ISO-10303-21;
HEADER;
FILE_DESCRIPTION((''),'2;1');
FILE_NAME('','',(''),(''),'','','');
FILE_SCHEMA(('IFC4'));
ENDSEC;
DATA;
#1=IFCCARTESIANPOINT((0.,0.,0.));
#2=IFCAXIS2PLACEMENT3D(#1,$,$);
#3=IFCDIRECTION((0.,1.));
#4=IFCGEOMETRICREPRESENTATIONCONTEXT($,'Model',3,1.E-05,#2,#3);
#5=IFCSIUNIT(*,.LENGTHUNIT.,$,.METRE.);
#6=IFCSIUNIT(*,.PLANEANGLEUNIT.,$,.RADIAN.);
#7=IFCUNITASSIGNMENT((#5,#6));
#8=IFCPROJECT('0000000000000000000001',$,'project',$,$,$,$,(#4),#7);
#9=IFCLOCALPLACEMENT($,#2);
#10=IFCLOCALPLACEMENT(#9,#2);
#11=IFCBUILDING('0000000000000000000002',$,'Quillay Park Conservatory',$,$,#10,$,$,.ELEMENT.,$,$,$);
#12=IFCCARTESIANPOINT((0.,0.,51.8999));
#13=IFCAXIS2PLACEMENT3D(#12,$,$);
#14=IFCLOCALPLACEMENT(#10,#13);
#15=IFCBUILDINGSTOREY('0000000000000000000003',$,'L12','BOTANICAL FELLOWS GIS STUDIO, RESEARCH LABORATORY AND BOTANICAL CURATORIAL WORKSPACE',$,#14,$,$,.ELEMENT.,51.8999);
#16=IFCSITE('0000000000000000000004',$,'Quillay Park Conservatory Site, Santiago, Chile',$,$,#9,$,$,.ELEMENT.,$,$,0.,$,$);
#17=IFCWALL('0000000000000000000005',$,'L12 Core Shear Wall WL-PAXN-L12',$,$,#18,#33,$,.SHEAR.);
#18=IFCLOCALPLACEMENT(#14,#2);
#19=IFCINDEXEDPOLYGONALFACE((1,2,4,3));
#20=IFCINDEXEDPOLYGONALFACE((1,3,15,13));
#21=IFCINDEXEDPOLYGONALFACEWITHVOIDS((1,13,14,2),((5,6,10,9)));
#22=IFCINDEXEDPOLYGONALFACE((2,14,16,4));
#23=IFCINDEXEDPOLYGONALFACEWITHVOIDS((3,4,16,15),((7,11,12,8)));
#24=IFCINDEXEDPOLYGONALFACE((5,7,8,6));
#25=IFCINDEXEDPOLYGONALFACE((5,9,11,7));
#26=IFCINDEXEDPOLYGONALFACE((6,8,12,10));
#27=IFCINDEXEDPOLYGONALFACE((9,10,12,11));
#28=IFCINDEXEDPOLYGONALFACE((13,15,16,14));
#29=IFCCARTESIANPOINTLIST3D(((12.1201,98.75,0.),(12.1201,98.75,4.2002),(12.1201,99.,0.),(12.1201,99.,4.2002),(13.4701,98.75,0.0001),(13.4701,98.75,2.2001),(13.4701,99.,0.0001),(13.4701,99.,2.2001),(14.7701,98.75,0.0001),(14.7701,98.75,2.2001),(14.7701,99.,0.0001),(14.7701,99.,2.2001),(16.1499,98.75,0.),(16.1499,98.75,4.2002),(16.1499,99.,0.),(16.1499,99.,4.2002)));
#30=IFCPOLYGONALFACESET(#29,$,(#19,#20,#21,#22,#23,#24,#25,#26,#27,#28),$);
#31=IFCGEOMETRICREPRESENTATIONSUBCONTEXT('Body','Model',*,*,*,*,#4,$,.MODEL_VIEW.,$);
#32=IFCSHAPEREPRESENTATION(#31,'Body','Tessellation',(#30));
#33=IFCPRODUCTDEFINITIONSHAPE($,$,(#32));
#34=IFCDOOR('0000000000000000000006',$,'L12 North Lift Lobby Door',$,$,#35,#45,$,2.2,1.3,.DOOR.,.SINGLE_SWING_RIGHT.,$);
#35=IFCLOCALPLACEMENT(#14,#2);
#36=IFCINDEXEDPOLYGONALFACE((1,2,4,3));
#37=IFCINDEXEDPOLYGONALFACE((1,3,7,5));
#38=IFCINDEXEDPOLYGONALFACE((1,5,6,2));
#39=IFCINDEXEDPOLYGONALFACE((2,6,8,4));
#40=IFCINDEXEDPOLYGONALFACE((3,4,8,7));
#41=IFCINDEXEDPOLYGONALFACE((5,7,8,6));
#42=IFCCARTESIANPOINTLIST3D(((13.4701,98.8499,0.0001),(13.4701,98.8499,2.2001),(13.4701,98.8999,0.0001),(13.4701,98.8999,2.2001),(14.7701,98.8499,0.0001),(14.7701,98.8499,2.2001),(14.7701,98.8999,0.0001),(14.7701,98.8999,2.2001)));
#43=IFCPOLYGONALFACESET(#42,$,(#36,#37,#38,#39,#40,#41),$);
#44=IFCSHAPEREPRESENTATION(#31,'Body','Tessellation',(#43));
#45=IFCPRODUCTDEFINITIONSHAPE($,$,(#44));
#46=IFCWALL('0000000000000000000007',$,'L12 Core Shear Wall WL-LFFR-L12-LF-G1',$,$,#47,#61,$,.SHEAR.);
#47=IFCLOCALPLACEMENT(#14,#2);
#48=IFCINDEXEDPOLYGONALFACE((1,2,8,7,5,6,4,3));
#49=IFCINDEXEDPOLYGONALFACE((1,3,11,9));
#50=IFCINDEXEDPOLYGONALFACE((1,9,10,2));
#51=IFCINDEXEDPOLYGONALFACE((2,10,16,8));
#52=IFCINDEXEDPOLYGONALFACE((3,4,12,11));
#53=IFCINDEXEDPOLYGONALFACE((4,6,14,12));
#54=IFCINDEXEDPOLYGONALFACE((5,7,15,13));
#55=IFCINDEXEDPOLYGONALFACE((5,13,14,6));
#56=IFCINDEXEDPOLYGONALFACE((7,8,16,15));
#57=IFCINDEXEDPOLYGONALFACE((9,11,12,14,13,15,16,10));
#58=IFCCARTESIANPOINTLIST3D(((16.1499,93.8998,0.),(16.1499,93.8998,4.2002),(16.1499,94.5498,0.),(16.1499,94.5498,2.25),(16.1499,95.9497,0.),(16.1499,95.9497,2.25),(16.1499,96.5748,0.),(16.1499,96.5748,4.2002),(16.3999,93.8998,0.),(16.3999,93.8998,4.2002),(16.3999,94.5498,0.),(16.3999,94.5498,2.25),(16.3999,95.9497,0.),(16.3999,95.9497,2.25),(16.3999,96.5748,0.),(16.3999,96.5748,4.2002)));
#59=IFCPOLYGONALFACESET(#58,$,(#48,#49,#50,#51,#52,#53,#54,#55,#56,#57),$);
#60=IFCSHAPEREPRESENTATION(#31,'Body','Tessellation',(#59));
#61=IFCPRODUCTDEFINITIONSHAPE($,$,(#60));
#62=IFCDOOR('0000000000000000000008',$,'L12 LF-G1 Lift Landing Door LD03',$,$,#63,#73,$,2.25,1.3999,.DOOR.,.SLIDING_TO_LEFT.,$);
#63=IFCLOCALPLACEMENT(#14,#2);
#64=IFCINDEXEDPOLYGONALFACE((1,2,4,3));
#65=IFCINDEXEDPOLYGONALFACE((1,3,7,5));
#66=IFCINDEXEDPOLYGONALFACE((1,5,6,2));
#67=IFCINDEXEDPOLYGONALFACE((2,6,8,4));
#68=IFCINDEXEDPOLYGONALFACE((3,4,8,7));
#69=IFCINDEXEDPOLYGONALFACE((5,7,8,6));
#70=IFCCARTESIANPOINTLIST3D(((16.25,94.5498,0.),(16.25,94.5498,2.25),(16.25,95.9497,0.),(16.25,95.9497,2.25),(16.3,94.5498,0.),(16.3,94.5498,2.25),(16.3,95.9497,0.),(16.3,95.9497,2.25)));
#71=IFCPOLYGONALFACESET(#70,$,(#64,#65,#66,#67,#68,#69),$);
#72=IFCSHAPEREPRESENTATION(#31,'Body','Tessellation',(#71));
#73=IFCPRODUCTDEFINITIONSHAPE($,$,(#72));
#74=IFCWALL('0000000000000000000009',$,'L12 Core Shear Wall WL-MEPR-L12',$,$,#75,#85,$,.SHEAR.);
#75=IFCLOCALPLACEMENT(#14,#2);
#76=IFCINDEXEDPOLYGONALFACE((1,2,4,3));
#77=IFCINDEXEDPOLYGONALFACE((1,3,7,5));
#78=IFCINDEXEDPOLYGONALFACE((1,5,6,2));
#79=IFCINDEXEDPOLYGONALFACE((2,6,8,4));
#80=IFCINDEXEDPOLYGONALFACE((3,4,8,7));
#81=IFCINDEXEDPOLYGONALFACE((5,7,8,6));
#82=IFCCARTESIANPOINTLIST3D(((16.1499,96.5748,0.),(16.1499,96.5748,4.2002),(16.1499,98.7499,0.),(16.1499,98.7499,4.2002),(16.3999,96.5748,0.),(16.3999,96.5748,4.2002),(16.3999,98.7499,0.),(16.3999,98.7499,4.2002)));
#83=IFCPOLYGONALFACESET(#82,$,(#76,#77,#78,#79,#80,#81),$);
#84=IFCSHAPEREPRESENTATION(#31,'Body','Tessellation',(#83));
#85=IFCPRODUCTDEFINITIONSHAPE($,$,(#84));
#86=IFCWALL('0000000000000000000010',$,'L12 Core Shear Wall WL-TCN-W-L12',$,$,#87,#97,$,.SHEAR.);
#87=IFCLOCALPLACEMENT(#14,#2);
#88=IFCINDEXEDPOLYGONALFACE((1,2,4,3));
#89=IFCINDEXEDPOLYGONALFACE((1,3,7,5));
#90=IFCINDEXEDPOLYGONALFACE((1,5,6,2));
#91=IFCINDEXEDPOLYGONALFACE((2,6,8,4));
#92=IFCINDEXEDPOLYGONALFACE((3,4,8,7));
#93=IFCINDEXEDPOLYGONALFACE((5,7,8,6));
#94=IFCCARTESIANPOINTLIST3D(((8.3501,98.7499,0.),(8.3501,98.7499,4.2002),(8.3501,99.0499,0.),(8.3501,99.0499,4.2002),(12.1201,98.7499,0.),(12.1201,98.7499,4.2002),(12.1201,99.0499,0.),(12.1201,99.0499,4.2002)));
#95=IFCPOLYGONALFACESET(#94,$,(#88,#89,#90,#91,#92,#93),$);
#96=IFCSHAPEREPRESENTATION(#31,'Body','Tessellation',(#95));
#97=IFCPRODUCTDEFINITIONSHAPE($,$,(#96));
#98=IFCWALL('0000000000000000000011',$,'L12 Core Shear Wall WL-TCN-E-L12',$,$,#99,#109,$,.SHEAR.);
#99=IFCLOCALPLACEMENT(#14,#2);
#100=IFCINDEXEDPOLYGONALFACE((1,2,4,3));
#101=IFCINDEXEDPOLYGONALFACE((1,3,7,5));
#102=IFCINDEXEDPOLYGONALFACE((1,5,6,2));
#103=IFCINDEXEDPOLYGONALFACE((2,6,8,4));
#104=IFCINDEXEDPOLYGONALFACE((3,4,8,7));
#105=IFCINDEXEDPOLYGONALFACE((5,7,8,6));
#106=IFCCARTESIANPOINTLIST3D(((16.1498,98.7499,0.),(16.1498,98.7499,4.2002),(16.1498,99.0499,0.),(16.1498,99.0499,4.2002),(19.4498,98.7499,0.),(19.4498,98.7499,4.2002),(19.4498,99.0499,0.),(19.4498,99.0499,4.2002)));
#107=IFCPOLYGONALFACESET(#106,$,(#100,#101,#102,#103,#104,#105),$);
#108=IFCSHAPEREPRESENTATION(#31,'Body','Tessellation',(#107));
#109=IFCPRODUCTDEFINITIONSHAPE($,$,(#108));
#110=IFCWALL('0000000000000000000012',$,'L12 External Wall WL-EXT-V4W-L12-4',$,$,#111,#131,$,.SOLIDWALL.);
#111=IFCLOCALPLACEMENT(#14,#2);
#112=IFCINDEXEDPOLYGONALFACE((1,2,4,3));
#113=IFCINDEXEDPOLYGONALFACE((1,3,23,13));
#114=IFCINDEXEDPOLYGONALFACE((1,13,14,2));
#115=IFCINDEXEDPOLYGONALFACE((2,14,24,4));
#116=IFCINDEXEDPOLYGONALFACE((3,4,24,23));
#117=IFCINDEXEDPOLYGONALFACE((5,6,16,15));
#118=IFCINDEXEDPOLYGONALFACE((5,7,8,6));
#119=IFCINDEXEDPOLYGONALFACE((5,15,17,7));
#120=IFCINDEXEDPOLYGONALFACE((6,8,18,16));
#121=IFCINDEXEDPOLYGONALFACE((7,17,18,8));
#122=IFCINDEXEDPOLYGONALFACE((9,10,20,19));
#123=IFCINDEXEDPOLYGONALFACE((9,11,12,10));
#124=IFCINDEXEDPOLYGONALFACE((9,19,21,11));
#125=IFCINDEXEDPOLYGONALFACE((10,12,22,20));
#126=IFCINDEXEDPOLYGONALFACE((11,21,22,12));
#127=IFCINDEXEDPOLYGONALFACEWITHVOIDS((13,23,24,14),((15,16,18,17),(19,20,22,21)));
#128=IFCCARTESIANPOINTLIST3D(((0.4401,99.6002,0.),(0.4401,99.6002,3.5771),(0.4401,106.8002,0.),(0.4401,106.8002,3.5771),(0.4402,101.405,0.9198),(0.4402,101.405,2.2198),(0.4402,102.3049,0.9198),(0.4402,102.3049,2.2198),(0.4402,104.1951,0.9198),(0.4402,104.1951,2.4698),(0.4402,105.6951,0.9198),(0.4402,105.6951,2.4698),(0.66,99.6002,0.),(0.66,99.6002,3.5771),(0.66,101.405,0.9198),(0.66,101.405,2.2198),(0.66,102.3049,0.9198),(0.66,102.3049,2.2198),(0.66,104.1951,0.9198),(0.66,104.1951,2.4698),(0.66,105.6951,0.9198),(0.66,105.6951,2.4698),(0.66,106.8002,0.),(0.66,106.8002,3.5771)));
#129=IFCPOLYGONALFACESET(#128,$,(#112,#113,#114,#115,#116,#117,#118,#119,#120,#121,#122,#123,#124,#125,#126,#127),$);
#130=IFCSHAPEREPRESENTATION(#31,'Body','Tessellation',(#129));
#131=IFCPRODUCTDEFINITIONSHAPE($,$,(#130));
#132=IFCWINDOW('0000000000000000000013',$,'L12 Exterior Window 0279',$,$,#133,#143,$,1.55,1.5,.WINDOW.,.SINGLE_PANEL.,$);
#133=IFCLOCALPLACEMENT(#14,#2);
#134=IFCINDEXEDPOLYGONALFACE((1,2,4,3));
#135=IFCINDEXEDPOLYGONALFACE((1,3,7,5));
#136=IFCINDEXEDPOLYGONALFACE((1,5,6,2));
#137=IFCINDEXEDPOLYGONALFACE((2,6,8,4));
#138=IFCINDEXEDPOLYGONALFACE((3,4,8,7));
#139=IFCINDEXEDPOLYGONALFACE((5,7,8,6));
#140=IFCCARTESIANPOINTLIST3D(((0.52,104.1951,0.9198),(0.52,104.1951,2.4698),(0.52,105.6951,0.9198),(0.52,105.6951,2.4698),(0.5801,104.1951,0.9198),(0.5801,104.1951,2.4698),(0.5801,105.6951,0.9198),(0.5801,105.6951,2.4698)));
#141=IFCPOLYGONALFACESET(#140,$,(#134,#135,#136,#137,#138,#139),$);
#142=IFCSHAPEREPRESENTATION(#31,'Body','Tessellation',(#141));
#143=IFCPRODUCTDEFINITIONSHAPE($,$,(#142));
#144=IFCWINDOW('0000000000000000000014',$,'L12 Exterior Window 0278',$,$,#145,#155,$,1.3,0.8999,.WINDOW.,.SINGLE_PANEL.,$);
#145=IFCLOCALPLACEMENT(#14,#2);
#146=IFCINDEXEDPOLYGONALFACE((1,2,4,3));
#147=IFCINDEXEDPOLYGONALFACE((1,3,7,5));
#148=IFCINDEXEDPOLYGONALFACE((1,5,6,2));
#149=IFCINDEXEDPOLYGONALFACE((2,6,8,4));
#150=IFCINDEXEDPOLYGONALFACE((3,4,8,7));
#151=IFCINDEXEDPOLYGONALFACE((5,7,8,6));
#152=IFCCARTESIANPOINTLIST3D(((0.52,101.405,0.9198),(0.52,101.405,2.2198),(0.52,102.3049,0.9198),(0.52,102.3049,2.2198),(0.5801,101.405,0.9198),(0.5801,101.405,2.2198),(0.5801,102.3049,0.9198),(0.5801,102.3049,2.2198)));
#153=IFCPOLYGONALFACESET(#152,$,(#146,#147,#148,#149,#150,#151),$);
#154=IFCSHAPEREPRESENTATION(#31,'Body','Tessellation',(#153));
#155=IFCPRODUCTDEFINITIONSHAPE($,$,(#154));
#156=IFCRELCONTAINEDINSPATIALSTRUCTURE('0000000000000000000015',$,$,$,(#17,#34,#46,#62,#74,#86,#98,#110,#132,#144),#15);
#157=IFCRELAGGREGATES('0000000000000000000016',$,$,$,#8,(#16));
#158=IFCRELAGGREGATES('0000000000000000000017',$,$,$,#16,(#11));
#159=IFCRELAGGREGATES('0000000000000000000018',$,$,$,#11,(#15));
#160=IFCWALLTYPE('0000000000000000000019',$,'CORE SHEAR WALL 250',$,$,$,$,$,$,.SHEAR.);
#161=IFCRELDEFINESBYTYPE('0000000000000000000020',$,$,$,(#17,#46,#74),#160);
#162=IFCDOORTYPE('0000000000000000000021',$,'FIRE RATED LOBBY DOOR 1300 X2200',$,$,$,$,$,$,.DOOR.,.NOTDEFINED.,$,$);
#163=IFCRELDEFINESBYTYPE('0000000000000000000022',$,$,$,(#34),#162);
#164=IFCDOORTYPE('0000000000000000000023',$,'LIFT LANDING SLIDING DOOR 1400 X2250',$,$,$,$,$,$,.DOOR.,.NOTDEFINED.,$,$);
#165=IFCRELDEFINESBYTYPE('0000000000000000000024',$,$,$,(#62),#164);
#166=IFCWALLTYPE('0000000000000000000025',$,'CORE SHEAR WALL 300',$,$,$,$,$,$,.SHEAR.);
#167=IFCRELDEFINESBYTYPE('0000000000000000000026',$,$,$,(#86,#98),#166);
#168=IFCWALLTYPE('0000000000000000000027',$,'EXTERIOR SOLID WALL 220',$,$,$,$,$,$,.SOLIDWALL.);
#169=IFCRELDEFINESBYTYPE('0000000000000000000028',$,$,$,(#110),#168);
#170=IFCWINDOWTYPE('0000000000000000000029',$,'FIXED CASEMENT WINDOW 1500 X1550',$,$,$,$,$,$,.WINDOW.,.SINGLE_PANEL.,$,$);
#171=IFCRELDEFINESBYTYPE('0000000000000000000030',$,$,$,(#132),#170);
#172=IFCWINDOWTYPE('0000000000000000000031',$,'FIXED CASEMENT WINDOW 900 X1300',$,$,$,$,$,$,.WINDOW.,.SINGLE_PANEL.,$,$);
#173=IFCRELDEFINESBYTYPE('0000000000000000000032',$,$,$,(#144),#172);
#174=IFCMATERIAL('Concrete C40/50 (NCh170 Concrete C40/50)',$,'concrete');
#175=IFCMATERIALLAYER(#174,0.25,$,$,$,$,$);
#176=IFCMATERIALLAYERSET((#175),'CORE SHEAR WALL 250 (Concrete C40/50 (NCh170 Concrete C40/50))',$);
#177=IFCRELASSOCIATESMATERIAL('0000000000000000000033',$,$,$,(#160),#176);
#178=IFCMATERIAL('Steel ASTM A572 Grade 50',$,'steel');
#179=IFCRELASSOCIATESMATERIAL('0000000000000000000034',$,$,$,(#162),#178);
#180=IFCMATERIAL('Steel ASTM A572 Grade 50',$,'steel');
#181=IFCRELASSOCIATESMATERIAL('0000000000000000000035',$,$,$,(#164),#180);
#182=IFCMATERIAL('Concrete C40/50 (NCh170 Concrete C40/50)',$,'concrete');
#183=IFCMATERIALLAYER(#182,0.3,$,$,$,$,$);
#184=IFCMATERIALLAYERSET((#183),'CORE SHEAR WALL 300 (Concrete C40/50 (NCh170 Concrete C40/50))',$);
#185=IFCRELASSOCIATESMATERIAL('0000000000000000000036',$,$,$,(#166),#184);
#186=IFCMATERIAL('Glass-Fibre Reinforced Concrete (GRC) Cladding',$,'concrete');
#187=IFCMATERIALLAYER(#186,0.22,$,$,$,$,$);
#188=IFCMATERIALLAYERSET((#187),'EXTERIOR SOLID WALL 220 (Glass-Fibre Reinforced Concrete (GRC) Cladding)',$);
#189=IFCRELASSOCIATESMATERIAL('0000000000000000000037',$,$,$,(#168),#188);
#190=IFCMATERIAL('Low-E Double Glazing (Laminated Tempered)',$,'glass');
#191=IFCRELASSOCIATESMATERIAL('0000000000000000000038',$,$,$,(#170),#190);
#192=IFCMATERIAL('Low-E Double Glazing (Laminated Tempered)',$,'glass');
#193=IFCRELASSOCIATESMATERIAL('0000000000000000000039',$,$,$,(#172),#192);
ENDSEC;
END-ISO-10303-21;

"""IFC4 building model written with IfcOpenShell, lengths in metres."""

from ifc_helpers import new_model, si_unit, direction, frame, frame_2d, origin, place, context, subcontext, project, spatial, rectangle, extrude, material, layer, layer_set, type_object, element, fill, save


model = new_model("IFC4")

# Units and contexts
model_context = context("Model", 3, precision=1e-05, world=origin(), true_north=direction((0.0, 1.0)))
body_context = subcontext(model_context, "Body", "Model", "MODEL_VIEW")
ifc_project = project(units=[si_unit("LENGTHUNIT", "METRE"), si_unit("PLANEANGLEUNIT", "RADIAN")], contexts=[model_context])

# Site, building, storey
site_placement = place(None, origin())
site = spatial("IfcSite", under=ifc_project, at=site_placement, Name="Quillay Park Conservatory Site, Santiago, Chile", CompositionType="ELEMENT", RefElevation=0.0)
building_placement = place(site_placement, origin())
building = spatial("IfcBuilding", under=site, at=building_placement, Name="Quillay Park Conservatory", CompositionType="ELEMENT")
storey_placement = place(building_placement, frame((0.0, 0.0, 51.8999)))
storey = spatial("IfcBuildingStorey", under=building, at=storey_placement, Name="L12", Description="BOTANICAL FELLOWS GIS STUDIO, RESEARCH LABORATORY AND BOTANICAL CURATORIAL WORKSPACE", CompositionType="ELEMENT", Elevation=51.8999)

# Walls, openings, doors
ifc_material_1 = material(Name="Concrete C40/50 (NCh170 Concrete C40/50)", Category="concrete")
ifc_layer_1 = layer(ifc_material_1, 0.25)
ifc_layer_set_1 = layer_set([ifc_layer_1], Name="CORE SHEAR WALL 250 (Concrete C40/50 (NCh170 Concrete C40/50))")
wall_type_1 = type_object("IfcWallType", Name="CORE SHEAR WALL 250", PredefinedType="SHEAR", material=ifc_layer_set_1)
wall_1_placement = place(storey_placement, frame((12.1201, 98.875, 0.0), z_axis=(0.0, 0.0, 1.0), x_axis=(1.0, 0.0, 0.0)))
wall_1 = element("IfcWall", 1, at=wall_1_placement, inside=storey, type_object=wall_type_1, Name="L12 Core Shear Wall WL-PAXN-L12", PredefinedType="SHEAR", context=body_context, shape_type="SweptSolid", body=[
    extrude(rectangle(XDim=4.0298, YDim=0.25, at=frame_2d((2.0149, 0.0))), origin(), (0.0, 0.0, 1.0), 4.2002),
])
opening_1_placement = place(wall_1_placement, frame((1.3501, 0.0, 0.0)))
opening_1 = element("IfcOpeningElement", 2, at=opening_1_placement, cuts=wall_1, PredefinedType="OPENING", context=body_context, shape_type="SweptSolid", body=[
    extrude(rectangle(XDim=1.3, YDim=2.2, at=frame_2d((0.6499, 1.1001))), frame((0.0, 0.125, 0.0), z_axis=(0.0, -1.0, 0.0), x_axis=(1.0, 0.0, 0.0)), (0.0, 0.0, 1.0), 0.25),
])
ifc_material_2 = material(Name="Steel ASTM A572 Grade 50", Category="steel")
door_type_1 = type_object("IfcDoorType", Name="FIRE RATED LOBBY DOOR 1300 X2200", OperationType="NOTDEFINED", PredefinedType="DOOR", material=ifc_material_2)
door_1_placement = place(opening_1_placement, origin())
door_1 = element("IfcDoor", 3, at=door_1_placement, inside=storey, type_object=door_type_1, Name="L12 North Lift Lobby Door", OperationType="SINGLE_SWING_RIGHT", OverallHeight=2.2, OverallWidth=1.3, PredefinedType="DOOR", context=body_context, shape_type="SweptSolid", body=[
    extrude(rectangle(XDim=1.3, YDim=2.2, at=frame_2d((0.6499, 1.1001))), frame((0.0, 0.0249, 0.0), z_axis=(0.0, -1.0, 0.0), x_axis=(1.0, 0.0, 0.0)), (0.0, 0.0, 1.0), 0.05),
])
fill(opening_1, door_1)
wall_2_placement = place(storey_placement, frame((16.2749, 93.8999, 0.0), z_axis=(0.0, 0.0, 1.0), x_axis=(0.0, 1.0, 0.0)))
wall_2 = element("IfcWall", 4, at=wall_2_placement, inside=storey, type_object=wall_type_1, Name="L12 Core Shear Wall WL-LFFR-L12-LF-G1", PredefinedType="SHEAR", context=body_context, shape_type="SweptSolid", body=[
    extrude(rectangle(XDim=2.675, YDim=0.25, at=frame_2d((1.3374, 0.0))), origin(), (0.0, 0.0, 1.0), 4.2002),
])
opening_2_placement = place(wall_2_placement, frame((0.6499, 0.0, 0.0)))
opening_2 = element("IfcOpeningElement", 5, at=opening_2_placement, cuts=wall_2, PredefinedType="OPENING", context=body_context, shape_type="SweptSolid", body=[
    extrude(rectangle(XDim=1.3999, YDim=2.25, at=frame_2d((0.7, 1.125))), frame((0.0, 0.125, 0.0), z_axis=(0.0, -1.0, 0.0), x_axis=(1.0, 0.0, 0.0)), (0.0, 0.0, 1.0), 0.25),
])
ifc_material_3 = material(Name="Steel ASTM A572 Grade 50", Category="steel")
door_type_2 = type_object("IfcDoorType", Name="LIFT LANDING SLIDING DOOR 1400 X2250", OperationType="NOTDEFINED", PredefinedType="DOOR", material=ifc_material_3)
door_2_placement = place(opening_2_placement, origin())
door_2 = element("IfcDoor", 6, at=door_2_placement, inside=storey, type_object=door_type_2, Name="L12 LF-G1 Lift Landing Door LD03", OperationType="SLIDING_TO_LEFT", OverallHeight=2.25, OverallWidth=1.3999, PredefinedType="DOOR", context=body_context, shape_type="SweptSolid", body=[
    extrude(rectangle(XDim=1.3999, YDim=2.25, at=frame_2d((0.7, 1.125))), frame((0.0, 0.0249, 0.0), z_axis=(0.0, -1.0, 0.0), x_axis=(1.0, 0.0, 0.0)), (0.0, 0.0, 1.0), 0.05),
])
fill(opening_2, door_2)

# Walls
wall_3_placement = place(storey_placement, frame((16.2749, 96.575, 0.0), z_axis=(0.0, 0.0, 1.0), x_axis=(0.0, 1.0, 0.0)))
element("IfcWall", 7, at=wall_3_placement, inside=storey, type_object=wall_type_1, Name="L12 Core Shear Wall WL-MEPR-L12", PredefinedType="SHEAR", context=body_context, shape_type="SweptSolid", body=[
    extrude(rectangle(XDim=2.175, YDim=0.25, at=frame_2d((1.0874, 0.0))), origin(), (0.0, 0.0, 1.0), 4.2002),
])
ifc_material_4 = material(Name="Concrete C40/50 (NCh170 Concrete C40/50)", Category="concrete")
ifc_layer_2 = layer(ifc_material_4, 0.3)
ifc_layer_set_2 = layer_set([ifc_layer_2], Name="CORE SHEAR WALL 300 (Concrete C40/50 (NCh170 Concrete C40/50))")
wall_type_2 = type_object("IfcWallType", Name="CORE SHEAR WALL 300", PredefinedType="SHEAR", material=ifc_layer_set_2)
wall_4_placement = place(storey_placement, frame((8.3501, 98.8999, 0.0), z_axis=(0.0, 0.0, 1.0), x_axis=(1.0, 0.0, 0.0)))
element("IfcWall", 8, at=wall_4_placement, inside=storey, type_object=wall_type_2, Name="L12 Core Shear Wall WL-TCN-W-L12", PredefinedType="SHEAR", context=body_context, shape_type="SweptSolid", body=[
    extrude(rectangle(XDim=3.77, YDim=0.3, at=frame_2d((1.885, 0.0))), origin(), (0.0, 0.0, 1.0), 4.2002),
])
wall_5_placement = place(storey_placement, frame((16.1499, 98.8999, 0.0), z_axis=(0.0, 0.0, 1.0), x_axis=(1.0, 0.0, 0.0)))
element("IfcWall", 9, at=wall_5_placement, inside=storey, type_object=wall_type_2, Name="L12 Core Shear Wall WL-TCN-E-L12", PredefinedType="SHEAR", context=body_context, shape_type="SweptSolid", body=[
    extrude(rectangle(XDim=3.3, YDim=0.3, at=frame_2d((1.6499, 0.0))), origin(), (0.0, 0.0, 1.0), 4.2002),
])

# Wall, openings, windows
ifc_material_5 = material(Name="Glass-Fibre Reinforced Concrete (GRC) Cladding", Category="concrete")
ifc_layer_3 = layer(ifc_material_5, 0.22)
ifc_layer_set_3 = layer_set([ifc_layer_3], Name="EXTERIOR SOLID WALL 220 (Glass-Fibre Reinforced Concrete (GRC) Cladding)")
wall_type_3 = type_object("IfcWallType", Name="EXTERIOR SOLID WALL 220", PredefinedType="SOLIDWALL", material=ifc_layer_set_3)
wall_6_placement = place(storey_placement, frame((0.55, 99.6001, 0.0), z_axis=(0.0, 0.0, 1.0), x_axis=(0.0, 1.0, 0.0)))
wall_6 = element("IfcWall", 10, at=wall_6_placement, inside=storey, type_object=wall_type_3, Name="L12 External Wall WL-EXT-V4W-L12-4", PredefinedType="SOLIDWALL", context=body_context, shape_type="SweptSolid", body=[
    extrude(rectangle(XDim=7.2, YDim=0.22, at=frame_2d((3.6001, 0.0))), origin(), (0.0, 0.0, 1.0), 3.5771),
])
opening_3_placement = place(wall_6_placement, frame((1.8049, 0.0, 0.9199)))
opening_3 = element("IfcOpeningElement", 11, at=opening_3_placement, cuts=wall_6, PredefinedType="OPENING", context=body_context, shape_type="SweptSolid", body=[
    extrude(rectangle(XDim=0.8999, YDim=1.3, at=frame_2d((0.45, 0.6499))), frame((0.0, 0.1099, 0.0), z_axis=(0.0, -1.0, 0.0), x_axis=(1.0, 0.0, 0.0)), (0.0, 0.0, 1.0), 0.22),
])
opening_4_placement = place(wall_6_placement, frame((4.595, 0.0, 0.9199)))
opening_4 = element("IfcOpeningElement", 12, at=opening_4_placement, cuts=wall_6, PredefinedType="OPENING", context=body_context, shape_type="SweptSolid", body=[
    extrude(rectangle(XDim=1.5, YDim=1.55, at=frame_2d((0.75, 0.7749))), frame((0.0, 0.1099, 0.0), z_axis=(0.0, -1.0, 0.0), x_axis=(1.0, 0.0, 0.0)), (0.0, 0.0, 1.0), 0.22),
])
ifc_material_6 = material(Name="Low-E Double Glazing (Laminated Tempered)", Category="glass")
window_type_1 = type_object("IfcWindowType", Name="FIXED CASEMENT WINDOW 1500 X1550", PartitioningType="SINGLE_PANEL", PredefinedType="WINDOW", material=ifc_material_6)
window_1_placement = place(opening_4_placement, origin())
window_1 = element("IfcWindow", 13, at=window_1_placement, inside=storey, type_object=window_type_1, Name="L12 Exterior Window 0279", OverallHeight=1.55, OverallWidth=1.5, PartitioningType="SINGLE_PANEL", PredefinedType="WINDOW", context=body_context, shape_type="SweptSolid", body=[
    extrude(rectangle(XDim=1.5, YDim=1.55, at=frame_2d((0.75, 0.7749))), frame((0.0, 0.03, 0.0), z_axis=(0.0, -1.0, 0.0), x_axis=(1.0, 0.0, 0.0)), (0.0, 0.0, 1.0), 0.0601),
])
fill(opening_4, window_1)
ifc_material_7 = material(Name="Low-E Double Glazing (Laminated Tempered)", Category="glass")
window_type_2 = type_object("IfcWindowType", Name="FIXED CASEMENT WINDOW 900 X1300", PartitioningType="SINGLE_PANEL", PredefinedType="WINDOW", material=ifc_material_7)
window_2_placement = place(opening_3_placement, origin())
window_2 = element("IfcWindow", 14, at=window_2_placement, inside=storey, type_object=window_type_2, Name="L12 Exterior Window 0278", OverallHeight=1.3, OverallWidth=0.8999, PartitioningType="SINGLE_PANEL", PredefinedType="WINDOW", context=body_context, shape_type="SweptSolid", body=[
    extrude(rectangle(XDim=0.8999, YDim=1.3, at=frame_2d((0.45, 0.6499))), frame((0.0, 0.03, 0.0), z_axis=(0.0, -1.0, 0.0), x_axis=(1.0, 0.0, 0.0)), (0.0, 0.0, 1.0), 0.0601),
])
fill(opening_3, window_2)

save(model, "model.ifc")
